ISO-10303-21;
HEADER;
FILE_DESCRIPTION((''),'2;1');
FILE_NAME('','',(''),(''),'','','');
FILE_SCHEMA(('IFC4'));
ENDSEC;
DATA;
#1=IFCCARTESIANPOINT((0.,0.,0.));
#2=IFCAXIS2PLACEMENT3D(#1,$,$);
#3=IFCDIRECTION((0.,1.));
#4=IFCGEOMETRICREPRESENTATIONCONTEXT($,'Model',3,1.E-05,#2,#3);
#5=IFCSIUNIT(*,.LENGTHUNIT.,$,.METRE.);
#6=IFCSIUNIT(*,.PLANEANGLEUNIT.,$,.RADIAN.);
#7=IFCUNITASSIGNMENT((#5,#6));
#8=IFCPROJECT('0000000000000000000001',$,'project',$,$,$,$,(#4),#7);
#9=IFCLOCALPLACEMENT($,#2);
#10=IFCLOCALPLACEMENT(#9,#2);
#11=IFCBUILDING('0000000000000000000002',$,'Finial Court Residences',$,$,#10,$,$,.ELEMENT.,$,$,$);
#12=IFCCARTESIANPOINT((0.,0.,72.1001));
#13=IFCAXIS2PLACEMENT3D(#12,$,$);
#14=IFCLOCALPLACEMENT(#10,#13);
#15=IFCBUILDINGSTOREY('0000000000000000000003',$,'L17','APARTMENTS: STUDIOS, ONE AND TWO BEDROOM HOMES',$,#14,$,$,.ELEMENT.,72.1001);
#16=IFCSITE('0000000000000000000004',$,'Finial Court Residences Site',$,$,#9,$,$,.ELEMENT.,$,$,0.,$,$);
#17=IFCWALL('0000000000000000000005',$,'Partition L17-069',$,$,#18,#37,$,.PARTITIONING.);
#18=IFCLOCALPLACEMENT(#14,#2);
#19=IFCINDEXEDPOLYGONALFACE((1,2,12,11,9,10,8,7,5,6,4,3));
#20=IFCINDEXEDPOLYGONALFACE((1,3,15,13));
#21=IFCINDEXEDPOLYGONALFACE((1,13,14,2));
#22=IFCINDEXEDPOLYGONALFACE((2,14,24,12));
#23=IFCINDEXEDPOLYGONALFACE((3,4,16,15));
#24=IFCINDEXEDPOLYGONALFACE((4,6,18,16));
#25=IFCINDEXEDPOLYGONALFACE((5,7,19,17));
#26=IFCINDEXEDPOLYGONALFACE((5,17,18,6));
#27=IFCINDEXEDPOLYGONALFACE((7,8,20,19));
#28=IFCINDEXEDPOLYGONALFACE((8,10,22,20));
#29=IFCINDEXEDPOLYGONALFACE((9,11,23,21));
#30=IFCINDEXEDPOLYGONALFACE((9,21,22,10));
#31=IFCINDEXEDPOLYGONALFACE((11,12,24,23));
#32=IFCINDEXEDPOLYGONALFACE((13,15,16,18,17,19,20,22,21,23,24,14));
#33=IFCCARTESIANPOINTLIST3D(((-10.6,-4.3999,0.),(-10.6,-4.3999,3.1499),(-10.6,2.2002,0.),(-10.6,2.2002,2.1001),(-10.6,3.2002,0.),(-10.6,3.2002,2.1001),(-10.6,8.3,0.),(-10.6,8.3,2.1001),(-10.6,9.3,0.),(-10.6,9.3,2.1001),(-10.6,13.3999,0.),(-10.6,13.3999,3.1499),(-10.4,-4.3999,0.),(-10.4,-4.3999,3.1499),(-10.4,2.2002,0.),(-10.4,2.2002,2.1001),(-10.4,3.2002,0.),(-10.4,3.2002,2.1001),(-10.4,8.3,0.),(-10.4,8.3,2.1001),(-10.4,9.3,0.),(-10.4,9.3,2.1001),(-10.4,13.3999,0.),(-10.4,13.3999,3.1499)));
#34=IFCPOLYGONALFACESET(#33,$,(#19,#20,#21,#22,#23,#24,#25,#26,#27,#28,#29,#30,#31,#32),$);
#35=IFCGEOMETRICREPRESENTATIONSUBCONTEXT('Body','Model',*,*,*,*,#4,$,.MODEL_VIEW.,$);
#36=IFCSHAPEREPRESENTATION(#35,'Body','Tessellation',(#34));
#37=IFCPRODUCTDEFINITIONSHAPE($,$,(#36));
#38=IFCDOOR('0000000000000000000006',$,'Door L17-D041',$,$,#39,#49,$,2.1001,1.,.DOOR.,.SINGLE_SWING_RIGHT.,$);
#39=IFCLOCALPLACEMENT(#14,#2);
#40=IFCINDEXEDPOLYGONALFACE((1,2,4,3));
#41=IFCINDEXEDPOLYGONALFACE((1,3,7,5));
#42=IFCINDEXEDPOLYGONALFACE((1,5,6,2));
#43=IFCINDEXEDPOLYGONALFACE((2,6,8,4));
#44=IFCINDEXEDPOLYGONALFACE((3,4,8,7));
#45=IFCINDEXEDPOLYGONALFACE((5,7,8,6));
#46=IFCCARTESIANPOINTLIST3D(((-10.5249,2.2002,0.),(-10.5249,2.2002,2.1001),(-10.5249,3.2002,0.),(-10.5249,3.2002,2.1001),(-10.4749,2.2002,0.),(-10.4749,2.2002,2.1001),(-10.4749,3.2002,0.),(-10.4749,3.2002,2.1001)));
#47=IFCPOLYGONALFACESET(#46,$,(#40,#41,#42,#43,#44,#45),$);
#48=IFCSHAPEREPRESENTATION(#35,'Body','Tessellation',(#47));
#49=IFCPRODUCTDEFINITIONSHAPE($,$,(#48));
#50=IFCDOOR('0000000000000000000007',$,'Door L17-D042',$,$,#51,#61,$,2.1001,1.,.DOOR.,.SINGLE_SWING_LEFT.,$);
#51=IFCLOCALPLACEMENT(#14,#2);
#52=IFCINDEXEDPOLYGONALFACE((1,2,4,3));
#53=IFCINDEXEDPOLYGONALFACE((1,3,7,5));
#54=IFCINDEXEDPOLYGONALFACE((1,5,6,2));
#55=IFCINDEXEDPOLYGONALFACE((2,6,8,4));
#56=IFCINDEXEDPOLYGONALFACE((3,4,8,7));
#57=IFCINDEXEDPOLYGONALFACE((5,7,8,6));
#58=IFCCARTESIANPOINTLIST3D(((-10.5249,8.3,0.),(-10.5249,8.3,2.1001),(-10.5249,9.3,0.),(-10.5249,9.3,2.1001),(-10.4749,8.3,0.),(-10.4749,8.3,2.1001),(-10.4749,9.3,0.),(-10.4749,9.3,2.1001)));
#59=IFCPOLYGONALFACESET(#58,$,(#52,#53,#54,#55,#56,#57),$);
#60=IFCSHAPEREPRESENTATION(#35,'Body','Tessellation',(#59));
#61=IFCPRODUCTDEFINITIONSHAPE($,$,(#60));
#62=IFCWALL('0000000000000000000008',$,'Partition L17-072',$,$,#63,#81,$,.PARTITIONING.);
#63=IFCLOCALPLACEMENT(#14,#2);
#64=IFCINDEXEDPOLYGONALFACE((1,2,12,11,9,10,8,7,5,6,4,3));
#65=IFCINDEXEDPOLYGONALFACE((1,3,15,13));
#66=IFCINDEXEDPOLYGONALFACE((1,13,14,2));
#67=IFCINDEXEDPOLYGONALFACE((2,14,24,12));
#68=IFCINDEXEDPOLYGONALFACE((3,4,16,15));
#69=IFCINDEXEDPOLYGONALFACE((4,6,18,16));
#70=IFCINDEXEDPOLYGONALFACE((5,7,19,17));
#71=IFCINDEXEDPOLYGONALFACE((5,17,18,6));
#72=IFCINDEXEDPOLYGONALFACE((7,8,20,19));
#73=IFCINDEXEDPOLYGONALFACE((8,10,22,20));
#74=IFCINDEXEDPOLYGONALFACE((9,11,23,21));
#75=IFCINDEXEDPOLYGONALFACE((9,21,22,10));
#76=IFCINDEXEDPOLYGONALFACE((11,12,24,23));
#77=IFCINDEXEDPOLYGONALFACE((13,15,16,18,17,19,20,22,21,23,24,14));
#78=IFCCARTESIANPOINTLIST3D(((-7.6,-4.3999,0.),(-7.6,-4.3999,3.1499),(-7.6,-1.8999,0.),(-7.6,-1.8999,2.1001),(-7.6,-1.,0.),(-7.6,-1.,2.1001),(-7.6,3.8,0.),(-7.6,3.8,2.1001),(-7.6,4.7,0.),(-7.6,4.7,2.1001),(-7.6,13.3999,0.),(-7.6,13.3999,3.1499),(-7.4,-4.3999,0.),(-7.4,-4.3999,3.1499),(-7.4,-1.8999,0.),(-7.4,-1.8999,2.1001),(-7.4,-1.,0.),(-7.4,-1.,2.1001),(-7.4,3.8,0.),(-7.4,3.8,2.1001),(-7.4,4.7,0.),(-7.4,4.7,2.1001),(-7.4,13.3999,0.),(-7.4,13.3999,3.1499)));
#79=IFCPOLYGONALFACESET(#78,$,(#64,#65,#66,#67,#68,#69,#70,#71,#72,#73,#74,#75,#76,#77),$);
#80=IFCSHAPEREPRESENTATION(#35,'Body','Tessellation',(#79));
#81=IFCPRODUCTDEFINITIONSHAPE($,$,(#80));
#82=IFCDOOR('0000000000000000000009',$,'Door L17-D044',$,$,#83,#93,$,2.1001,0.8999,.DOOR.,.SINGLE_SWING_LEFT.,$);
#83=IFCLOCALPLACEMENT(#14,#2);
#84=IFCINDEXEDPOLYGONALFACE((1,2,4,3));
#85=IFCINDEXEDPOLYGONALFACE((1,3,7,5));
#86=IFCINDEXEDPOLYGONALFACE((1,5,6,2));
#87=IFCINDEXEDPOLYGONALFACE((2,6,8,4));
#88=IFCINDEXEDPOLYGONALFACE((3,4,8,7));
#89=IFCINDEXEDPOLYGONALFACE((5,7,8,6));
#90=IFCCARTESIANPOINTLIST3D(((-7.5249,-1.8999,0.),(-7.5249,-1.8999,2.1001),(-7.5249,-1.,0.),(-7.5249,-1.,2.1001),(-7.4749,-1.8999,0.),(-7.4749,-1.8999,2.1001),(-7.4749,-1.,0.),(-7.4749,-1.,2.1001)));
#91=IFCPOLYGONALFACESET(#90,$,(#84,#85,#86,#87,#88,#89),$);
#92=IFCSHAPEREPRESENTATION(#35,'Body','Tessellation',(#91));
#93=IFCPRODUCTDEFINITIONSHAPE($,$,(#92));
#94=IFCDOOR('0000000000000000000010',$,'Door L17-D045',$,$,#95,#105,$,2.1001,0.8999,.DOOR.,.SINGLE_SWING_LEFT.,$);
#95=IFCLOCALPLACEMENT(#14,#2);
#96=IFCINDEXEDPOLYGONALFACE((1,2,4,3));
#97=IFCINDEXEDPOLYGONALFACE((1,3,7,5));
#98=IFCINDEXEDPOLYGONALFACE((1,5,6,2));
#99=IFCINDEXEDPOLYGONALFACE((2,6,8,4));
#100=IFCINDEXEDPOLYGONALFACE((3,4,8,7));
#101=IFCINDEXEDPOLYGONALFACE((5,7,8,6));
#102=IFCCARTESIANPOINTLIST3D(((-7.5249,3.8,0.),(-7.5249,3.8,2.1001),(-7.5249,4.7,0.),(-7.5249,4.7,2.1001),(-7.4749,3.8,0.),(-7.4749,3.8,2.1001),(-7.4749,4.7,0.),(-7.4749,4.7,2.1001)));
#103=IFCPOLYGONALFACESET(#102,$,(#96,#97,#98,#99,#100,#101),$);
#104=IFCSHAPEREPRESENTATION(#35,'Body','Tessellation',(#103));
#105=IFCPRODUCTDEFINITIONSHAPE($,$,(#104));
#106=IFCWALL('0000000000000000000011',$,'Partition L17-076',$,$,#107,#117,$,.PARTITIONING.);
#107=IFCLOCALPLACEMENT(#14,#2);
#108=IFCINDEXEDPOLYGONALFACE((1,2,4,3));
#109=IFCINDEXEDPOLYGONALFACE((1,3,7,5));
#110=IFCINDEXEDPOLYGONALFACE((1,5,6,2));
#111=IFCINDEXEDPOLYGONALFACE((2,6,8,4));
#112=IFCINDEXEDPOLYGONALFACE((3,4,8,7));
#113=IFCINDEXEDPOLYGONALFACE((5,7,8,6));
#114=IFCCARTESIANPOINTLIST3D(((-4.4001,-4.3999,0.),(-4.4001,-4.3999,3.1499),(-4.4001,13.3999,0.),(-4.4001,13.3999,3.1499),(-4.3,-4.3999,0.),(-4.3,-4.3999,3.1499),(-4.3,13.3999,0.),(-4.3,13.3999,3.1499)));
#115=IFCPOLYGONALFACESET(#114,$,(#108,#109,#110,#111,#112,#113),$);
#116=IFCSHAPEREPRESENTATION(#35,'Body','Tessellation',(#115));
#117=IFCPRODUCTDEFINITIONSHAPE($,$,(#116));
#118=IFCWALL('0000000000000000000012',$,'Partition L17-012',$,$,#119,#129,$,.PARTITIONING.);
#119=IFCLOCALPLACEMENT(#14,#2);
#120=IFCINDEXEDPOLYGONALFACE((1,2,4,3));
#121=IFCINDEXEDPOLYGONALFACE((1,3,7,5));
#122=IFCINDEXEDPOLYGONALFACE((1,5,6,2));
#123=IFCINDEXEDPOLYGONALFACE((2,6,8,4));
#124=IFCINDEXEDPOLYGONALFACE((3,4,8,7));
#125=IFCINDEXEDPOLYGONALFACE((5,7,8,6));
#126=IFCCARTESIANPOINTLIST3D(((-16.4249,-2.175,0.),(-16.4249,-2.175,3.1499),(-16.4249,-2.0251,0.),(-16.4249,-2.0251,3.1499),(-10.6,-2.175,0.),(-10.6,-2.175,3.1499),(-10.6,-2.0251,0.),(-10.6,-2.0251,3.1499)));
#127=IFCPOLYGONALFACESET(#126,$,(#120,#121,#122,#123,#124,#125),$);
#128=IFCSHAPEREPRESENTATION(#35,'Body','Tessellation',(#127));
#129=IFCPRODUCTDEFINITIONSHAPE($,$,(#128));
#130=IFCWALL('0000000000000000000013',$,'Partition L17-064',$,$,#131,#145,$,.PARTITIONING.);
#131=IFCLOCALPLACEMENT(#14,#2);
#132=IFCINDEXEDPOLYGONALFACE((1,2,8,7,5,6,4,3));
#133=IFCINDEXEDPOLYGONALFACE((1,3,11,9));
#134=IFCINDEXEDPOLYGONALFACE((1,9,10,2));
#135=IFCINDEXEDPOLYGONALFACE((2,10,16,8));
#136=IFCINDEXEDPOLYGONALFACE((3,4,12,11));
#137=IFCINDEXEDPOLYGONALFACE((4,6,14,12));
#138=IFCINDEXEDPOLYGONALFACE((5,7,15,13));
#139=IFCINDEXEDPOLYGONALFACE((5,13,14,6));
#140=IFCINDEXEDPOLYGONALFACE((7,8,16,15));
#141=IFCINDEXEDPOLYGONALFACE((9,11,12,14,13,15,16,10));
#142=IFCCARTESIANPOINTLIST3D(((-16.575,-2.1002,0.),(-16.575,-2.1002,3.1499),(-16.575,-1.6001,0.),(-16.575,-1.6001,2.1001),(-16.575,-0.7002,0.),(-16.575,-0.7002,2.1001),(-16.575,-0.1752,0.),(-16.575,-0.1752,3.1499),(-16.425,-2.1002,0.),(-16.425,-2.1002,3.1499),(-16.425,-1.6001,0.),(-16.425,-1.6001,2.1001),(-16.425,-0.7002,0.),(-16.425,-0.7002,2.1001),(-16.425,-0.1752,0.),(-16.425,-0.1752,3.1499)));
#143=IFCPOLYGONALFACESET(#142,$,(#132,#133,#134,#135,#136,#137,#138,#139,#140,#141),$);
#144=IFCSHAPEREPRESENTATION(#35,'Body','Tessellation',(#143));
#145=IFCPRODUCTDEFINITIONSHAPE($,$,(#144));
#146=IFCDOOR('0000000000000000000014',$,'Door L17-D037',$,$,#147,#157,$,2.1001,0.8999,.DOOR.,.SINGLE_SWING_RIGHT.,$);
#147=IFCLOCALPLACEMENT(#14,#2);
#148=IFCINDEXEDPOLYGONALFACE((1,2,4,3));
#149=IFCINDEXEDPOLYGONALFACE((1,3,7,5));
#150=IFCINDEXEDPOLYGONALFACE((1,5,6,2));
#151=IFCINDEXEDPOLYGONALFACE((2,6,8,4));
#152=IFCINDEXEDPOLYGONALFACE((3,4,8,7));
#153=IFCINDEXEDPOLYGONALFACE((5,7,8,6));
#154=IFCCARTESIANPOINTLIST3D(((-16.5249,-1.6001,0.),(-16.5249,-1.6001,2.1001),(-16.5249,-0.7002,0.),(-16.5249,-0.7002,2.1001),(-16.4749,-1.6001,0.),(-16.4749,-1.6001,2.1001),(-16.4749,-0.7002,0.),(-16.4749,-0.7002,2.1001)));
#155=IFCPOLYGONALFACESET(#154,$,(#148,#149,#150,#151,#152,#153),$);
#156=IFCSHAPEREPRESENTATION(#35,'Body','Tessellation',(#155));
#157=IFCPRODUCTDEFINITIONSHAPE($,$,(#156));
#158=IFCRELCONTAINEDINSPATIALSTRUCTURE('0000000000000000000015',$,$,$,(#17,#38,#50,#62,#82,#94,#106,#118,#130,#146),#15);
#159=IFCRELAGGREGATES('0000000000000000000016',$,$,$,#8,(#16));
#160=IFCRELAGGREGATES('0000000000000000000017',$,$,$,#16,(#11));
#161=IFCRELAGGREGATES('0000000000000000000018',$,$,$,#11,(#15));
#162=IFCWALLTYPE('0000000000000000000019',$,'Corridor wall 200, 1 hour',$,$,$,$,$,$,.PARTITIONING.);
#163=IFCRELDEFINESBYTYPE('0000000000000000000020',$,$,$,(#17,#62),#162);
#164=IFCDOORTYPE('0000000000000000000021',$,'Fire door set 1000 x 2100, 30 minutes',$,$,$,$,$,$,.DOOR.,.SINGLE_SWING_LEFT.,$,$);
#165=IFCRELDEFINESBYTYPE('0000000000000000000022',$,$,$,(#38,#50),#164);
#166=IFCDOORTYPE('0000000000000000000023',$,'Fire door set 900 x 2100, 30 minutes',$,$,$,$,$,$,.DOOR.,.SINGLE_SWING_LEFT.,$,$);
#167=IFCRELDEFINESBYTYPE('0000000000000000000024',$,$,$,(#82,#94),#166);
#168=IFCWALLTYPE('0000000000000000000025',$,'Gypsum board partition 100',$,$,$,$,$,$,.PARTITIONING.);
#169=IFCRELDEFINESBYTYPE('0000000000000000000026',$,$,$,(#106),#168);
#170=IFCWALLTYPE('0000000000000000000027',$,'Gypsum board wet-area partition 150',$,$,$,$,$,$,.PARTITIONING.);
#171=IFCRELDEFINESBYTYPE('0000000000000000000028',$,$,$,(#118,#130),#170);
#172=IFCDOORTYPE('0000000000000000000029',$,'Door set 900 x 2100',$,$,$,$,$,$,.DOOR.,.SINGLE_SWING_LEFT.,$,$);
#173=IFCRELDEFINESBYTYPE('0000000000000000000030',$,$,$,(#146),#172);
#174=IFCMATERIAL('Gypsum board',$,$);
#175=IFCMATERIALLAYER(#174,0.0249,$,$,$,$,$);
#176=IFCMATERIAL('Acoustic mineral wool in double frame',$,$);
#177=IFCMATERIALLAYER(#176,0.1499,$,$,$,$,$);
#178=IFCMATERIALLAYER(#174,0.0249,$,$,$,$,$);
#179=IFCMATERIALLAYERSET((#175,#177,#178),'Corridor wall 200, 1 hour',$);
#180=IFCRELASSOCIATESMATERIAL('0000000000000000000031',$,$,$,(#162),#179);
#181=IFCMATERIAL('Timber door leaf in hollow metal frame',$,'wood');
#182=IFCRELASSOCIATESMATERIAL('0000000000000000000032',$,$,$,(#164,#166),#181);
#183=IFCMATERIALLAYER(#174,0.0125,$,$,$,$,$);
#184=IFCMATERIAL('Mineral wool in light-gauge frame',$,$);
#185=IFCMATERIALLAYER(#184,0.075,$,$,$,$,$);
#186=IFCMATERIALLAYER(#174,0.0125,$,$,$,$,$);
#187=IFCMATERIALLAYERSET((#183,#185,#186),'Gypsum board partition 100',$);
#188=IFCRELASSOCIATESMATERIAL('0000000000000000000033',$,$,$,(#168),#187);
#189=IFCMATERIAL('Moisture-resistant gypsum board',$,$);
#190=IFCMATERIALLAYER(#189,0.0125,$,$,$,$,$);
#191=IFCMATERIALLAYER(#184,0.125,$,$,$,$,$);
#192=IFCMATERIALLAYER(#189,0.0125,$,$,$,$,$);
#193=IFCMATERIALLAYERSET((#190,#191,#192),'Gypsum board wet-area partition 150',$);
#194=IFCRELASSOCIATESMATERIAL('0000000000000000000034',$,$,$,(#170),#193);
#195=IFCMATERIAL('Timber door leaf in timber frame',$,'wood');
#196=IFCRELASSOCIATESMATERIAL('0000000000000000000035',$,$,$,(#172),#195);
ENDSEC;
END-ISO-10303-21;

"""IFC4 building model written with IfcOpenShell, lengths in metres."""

from ifc_helpers import new_model, si_unit, direction, frame, frame_2d, origin, place, context, subcontext, project, spatial, rectangle, extrude, material, layer, layer_set, type_object, element, fill, save


model = new_model("IFC4")

# Units and contexts
model_context = context("Model", 3, precision=1e-05, world=origin(), true_north=direction((0.0, 1.0)))
body_context = subcontext(model_context, "Body", "Model", "MODEL_VIEW")
ifc_project = project(units=[si_unit("LENGTHUNIT", "METRE"), si_unit("PLANEANGLEUNIT", "RADIAN")], contexts=[model_context])

# Site, building, storey
site_placement = place(None, origin())
site = spatial("IfcSite", under=ifc_project, at=site_placement, Name="Finial Court Residences Site", CompositionType="ELEMENT", RefElevation=0.0)
building_placement = place(site_placement, origin())
building = spatial("IfcBuilding", under=site, at=building_placement, Name="Finial Court Residences", CompositionType="ELEMENT")
storey_placement = place(building_placement, frame((0.0, 0.0, 72.1001)))
storey = spatial("IfcBuildingStorey", under=building, at=storey_placement, Name="L17", Description="APARTMENTS: STUDIOS, ONE AND TWO BEDROOM HOMES", CompositionType="ELEMENT", Elevation=72.1001)

# Walls, openings, doors
ifc_material_1 = material(Name="Gypsum board")
ifc_layer_1 = layer(ifc_material_1, 0.0249)
ifc_material_2 = material(Name="Acoustic mineral wool in double frame")
ifc_layer_2 = layer(ifc_material_2, 0.1499)
ifc_layer_3 = layer(ifc_material_1, 0.0249)
ifc_layer_set_1 = layer_set([ifc_layer_1, ifc_layer_2, ifc_layer_3], Name="Corridor wall 200, 1 hour")
wall_type_1 = type_object("IfcWallType", Name="Corridor wall 200, 1 hour", PredefinedType="PARTITIONING", material=ifc_layer_set_1)
wall_1_placement = place(storey_placement, frame((-10.5, -4.3999, 0.0), z_axis=(0.0, 0.0, 1.0), x_axis=(0.0, 1.0, 0.0)))
wall_1 = element("IfcWall", 1, at=wall_1_placement, inside=storey, type_object=wall_type_1, Name="Partition L17-069", PredefinedType="PARTITIONING", context=body_context, shape_type="SweptSolid", body=[
    extrude(rectangle(XDim=17.7998, YDim=0.2, at=frame_2d((8.8999, 0.0))), origin(), (0.0, 0.0, 1.0), 3.1499),
])
opening_1_placement = place(wall_1_placement, frame((6.6001, 0.0, 0.0)))
opening_1 = element("IfcOpeningElement", 2, at=opening_1_placement, cuts=wall_1, PredefinedType="OPENING", context=body_context, shape_type="SweptSolid", body=[
    extrude(rectangle(XDim=1.0, YDim=2.1001, at=frame_2d((0.5, 1.05))), frame((0.0, 0.1099, 0.0), z_axis=(0.0, -1.0, 0.0), x_axis=(1.0, 0.0, 0.0)), (0.0, 0.0, 1.0), 0.22),
])
opening_2_placement = place(wall_1_placement, frame((12.7, 0.0, 0.0)))
opening_2 = element("IfcOpeningElement", 3, at=opening_2_placement, cuts=wall_1, PredefinedType="OPENING", context=body_context, shape_type="SweptSolid", body=[
    extrude(rectangle(XDim=1.0, YDim=2.1001, at=frame_2d((0.5, 1.05))), frame((0.0, 0.1099, 0.0), z_axis=(0.0, -1.0, 0.0), x_axis=(1.0, 0.0, 0.0)), (0.0, 0.0, 1.0), 0.22),
])
ifc_material_3 = material(Name="Timber door leaf in hollow metal frame", Category="wood")
door_type_1 = type_object("IfcDoorType", Name="Fire door set 1000 x 2100, 30 minutes", OperationType="SINGLE_SWING_LEFT", PredefinedType="DOOR", material=ifc_material_3)
door_1_placement = place(opening_1_placement, origin())
door_1 = element("IfcDoor", 4, at=door_1_placement, inside=storey, type_object=door_type_1, Name="Door L17-D041", OperationType="SINGLE_SWING_RIGHT", OverallHeight=2.1001, OverallWidth=1.0, PredefinedType="DOOR", context=body_context, shape_type="SweptSolid", body=[
    extrude(rectangle(XDim=1.0, YDim=2.1001, at=frame_2d((0.5, 1.05))), frame((0.0, 0.0249, 0.0), z_axis=(0.0, -1.0, 0.0), x_axis=(1.0, 0.0, 0.0)), (0.0, 0.0, 1.0), 0.05),
])
fill(opening_1, door_1)
door_2_placement = place(opening_2_placement, origin())
door_2 = element("IfcDoor", 5, at=door_2_placement, inside=storey, type_object=door_type_1, Name="Door L17-D042", OperationType="SINGLE_SWING_LEFT", OverallHeight=2.1001, OverallWidth=1.0, PredefinedType="DOOR", context=body_context, shape_type="SweptSolid", body=[
    extrude(rectangle(XDim=1.0, YDim=2.1001, at=frame_2d((0.5, 1.05))), frame((0.0, 0.0249, 0.0), z_axis=(0.0, -1.0, 0.0), x_axis=(1.0, 0.0, 0.0)), (0.0, 0.0, 1.0), 0.05),
])
fill(opening_2, door_2)
wall_2_placement = place(storey_placement, frame((-7.5, -4.3999, 0.0), z_axis=(0.0, 0.0, 1.0), x_axis=(0.0, 1.0, 0.0)))
wall_2 = element("IfcWall", 6, at=wall_2_placement, inside=storey, type_object=wall_type_1, Name="Partition L17-072", PredefinedType="PARTITIONING", context=body_context, shape_type="SweptSolid", body=[
    extrude(rectangle(XDim=17.7998, YDim=0.2, at=frame_2d((8.8999, 0.0))), origin(), (0.0, 0.0, 1.0), 3.1499),
])
opening_3_placement = place(wall_2_placement, frame((2.5, 0.0, 0.0)))
opening_3 = element("IfcOpeningElement", 7, at=opening_3_placement, cuts=wall_2, PredefinedType="OPENING", context=body_context, shape_type="SweptSolid", body=[
    extrude(rectangle(XDim=0.8999, YDim=2.1001, at=frame_2d((0.45, 1.05))), frame((0.0, 0.1099, 0.0), z_axis=(0.0, -1.0, 0.0), x_axis=(1.0, 0.0, 0.0)), (0.0, 0.0, 1.0), 0.22),
])
opening_4_placement = place(wall_2_placement, frame((8.2, 0.0, 0.0)))
opening_4 = element("IfcOpeningElement", 8, at=opening_4_placement, cuts=wall_2, PredefinedType="OPENING", context=body_context, shape_type="SweptSolid", body=[
    extrude(rectangle(XDim=0.8999, YDim=2.1001, at=frame_2d((0.45, 1.05))), frame((0.0, 0.1099, 0.0), z_axis=(0.0, -1.0, 0.0), x_axis=(1.0, 0.0, 0.0)), (0.0, 0.0, 1.0), 0.22),
])
door_type_2 = type_object("IfcDoorType", Name="Fire door set 900 x 2100, 30 minutes", OperationType="SINGLE_SWING_LEFT", PredefinedType="DOOR", material=ifc_material_3)
door_3_placement = place(opening_3_placement, origin())
door_3 = element("IfcDoor", 9, at=door_3_placement, inside=storey, type_object=door_type_2, Name="Door L17-D044", OperationType="SINGLE_SWING_LEFT", OverallHeight=2.1001, OverallWidth=0.8999, PredefinedType="DOOR", context=body_context, shape_type="SweptSolid", body=[
    extrude(rectangle(XDim=0.8999, YDim=2.1001, at=frame_2d((0.45, 1.05))), frame((0.0, 0.0249, 0.0), z_axis=(0.0, -1.0, 0.0), x_axis=(1.0, 0.0, 0.0)), (0.0, 0.0, 1.0), 0.05),
])
fill(opening_3, door_3)
door_4_placement = place(opening_4_placement, origin())
door_4 = element("IfcDoor", 10, at=door_4_placement, inside=storey, type_object=door_type_2, Name="Door L17-D045", OperationType="SINGLE_SWING_LEFT", OverallHeight=2.1001, OverallWidth=0.8999, PredefinedType="DOOR", context=body_context, shape_type="SweptSolid", body=[
    extrude(rectangle(XDim=0.8999, YDim=2.1001, at=frame_2d((0.45, 1.05))), frame((0.0, 0.0249, 0.0), z_axis=(0.0, -1.0, 0.0), x_axis=(1.0, 0.0, 0.0)), (0.0, 0.0, 1.0), 0.05),
])
fill(opening_4, door_4)

# Walls
ifc_layer_4 = layer(ifc_material_1, 0.0125)
ifc_material_4 = material(Name="Mineral wool in light-gauge frame")
ifc_layer_5 = layer(ifc_material_4, 0.075)
ifc_layer_6 = layer(ifc_material_1, 0.0125)
ifc_layer_set_2 = layer_set([ifc_layer_4, ifc_layer_5, ifc_layer_6], Name="Gypsum board partition 100")
wall_type_2 = type_object("IfcWallType", Name="Gypsum board partition 100", PredefinedType="PARTITIONING", material=ifc_layer_set_2)
wall_3_placement = place(storey_placement, frame((-4.3501, -4.3999, 0.0), z_axis=(0.0, 0.0, 1.0), x_axis=(0.0, 1.0, 0.0)))
element("IfcWall", 11, at=wall_3_placement, inside=storey, type_object=wall_type_2, Name="Partition L17-076", PredefinedType="PARTITIONING", context=body_context, shape_type="SweptSolid", body=[
    extrude(rectangle(XDim=17.7998, YDim=0.1001, at=frame_2d((8.8999, 0.0))), origin(), (0.0, 0.0, 1.0), 3.1499),
])
ifc_material_5 = material(Name="Moisture-resistant gypsum board")
ifc_layer_7 = layer(ifc_material_5, 0.0125)
ifc_layer_8 = layer(ifc_material_4, 0.125)
ifc_layer_9 = layer(ifc_material_5, 0.0125)
ifc_layer_set_3 = layer_set([ifc_layer_7, ifc_layer_8, ifc_layer_9], Name="Gypsum board wet-area partition 150")
wall_type_3 = type_object("IfcWallType", Name="Gypsum board wet-area partition 150", PredefinedType="PARTITIONING", material=ifc_layer_set_3)
wall_4_placement = place(storey_placement, frame((-16.425, -2.1001, 0.0), z_axis=(0.0, 0.0, 1.0), x_axis=(1.0, 0.0, 0.0)))
element("IfcWall", 12, at=wall_4_placement, inside=storey, type_object=wall_type_3, Name="Partition L17-012", PredefinedType="PARTITIONING", context=body_context, shape_type="SweptSolid", body=[
    extrude(rectangle(XDim=5.825, YDim=0.1499, at=frame_2d((2.9126, 0.0))), origin(), (0.0, 0.0, 1.0), 3.1499),
])

# Wall, opening, door
wall_5_placement = place(storey_placement, frame((-16.5, -2.1001, 0.0), z_axis=(0.0, 0.0, 1.0), x_axis=(0.0, 1.0, 0.0)))
wall_5 = element("IfcWall", 13, at=wall_5_placement, inside=storey, type_object=wall_type_3, Name="Partition L17-064", PredefinedType="PARTITIONING", context=body_context, shape_type="SweptSolid", body=[
    extrude(rectangle(XDim=1.925, YDim=0.1499, at=frame_2d((0.9624, 0.0))), origin(), (0.0, 0.0, 1.0), 3.1499),
])
opening_5_placement = place(wall_5_placement, frame((0.5, 0.0, 0.0)))
opening_5 = element("IfcOpeningElement", 14, at=opening_5_placement, cuts=wall_5, PredefinedType="OPENING", context=body_context, shape_type="SweptSolid", body=[
    extrude(rectangle(XDim=0.8999, YDim=2.1001, at=frame_2d((0.45, 1.05))), frame((0.0, 0.085, 0.0), z_axis=(0.0, -1.0, 0.0), x_axis=(1.0, 0.0, 0.0)), (0.0, 0.0, 1.0), 0.1699),
])
ifc_material_6 = material(Name="Timber door leaf in timber frame", Category="wood")
door_type_3 = type_object("IfcDoorType", Name="Door set 900 x 2100", OperationType="SINGLE_SWING_LEFT", PredefinedType="DOOR", material=ifc_material_6)
door_5_placement = place(opening_5_placement, origin())
door_5 = element("IfcDoor", 15, at=door_5_placement, inside=storey, type_object=door_type_3, Name="Door L17-D037", OperationType="SINGLE_SWING_RIGHT", OverallHeight=2.1001, OverallWidth=0.8999, PredefinedType="DOOR", context=body_context, shape_type="SweptSolid", body=[
    extrude(rectangle(XDim=0.8999, YDim=2.1001, at=frame_2d((0.45, 1.05))), frame((0.0, 0.0249, 0.0), z_axis=(0.0, -1.0, 0.0), x_axis=(1.0, 0.0, 0.0)), (0.0, 0.0, 1.0), 0.05),
])
fill(opening_5, door_5)

save(model, "model.ifc")
